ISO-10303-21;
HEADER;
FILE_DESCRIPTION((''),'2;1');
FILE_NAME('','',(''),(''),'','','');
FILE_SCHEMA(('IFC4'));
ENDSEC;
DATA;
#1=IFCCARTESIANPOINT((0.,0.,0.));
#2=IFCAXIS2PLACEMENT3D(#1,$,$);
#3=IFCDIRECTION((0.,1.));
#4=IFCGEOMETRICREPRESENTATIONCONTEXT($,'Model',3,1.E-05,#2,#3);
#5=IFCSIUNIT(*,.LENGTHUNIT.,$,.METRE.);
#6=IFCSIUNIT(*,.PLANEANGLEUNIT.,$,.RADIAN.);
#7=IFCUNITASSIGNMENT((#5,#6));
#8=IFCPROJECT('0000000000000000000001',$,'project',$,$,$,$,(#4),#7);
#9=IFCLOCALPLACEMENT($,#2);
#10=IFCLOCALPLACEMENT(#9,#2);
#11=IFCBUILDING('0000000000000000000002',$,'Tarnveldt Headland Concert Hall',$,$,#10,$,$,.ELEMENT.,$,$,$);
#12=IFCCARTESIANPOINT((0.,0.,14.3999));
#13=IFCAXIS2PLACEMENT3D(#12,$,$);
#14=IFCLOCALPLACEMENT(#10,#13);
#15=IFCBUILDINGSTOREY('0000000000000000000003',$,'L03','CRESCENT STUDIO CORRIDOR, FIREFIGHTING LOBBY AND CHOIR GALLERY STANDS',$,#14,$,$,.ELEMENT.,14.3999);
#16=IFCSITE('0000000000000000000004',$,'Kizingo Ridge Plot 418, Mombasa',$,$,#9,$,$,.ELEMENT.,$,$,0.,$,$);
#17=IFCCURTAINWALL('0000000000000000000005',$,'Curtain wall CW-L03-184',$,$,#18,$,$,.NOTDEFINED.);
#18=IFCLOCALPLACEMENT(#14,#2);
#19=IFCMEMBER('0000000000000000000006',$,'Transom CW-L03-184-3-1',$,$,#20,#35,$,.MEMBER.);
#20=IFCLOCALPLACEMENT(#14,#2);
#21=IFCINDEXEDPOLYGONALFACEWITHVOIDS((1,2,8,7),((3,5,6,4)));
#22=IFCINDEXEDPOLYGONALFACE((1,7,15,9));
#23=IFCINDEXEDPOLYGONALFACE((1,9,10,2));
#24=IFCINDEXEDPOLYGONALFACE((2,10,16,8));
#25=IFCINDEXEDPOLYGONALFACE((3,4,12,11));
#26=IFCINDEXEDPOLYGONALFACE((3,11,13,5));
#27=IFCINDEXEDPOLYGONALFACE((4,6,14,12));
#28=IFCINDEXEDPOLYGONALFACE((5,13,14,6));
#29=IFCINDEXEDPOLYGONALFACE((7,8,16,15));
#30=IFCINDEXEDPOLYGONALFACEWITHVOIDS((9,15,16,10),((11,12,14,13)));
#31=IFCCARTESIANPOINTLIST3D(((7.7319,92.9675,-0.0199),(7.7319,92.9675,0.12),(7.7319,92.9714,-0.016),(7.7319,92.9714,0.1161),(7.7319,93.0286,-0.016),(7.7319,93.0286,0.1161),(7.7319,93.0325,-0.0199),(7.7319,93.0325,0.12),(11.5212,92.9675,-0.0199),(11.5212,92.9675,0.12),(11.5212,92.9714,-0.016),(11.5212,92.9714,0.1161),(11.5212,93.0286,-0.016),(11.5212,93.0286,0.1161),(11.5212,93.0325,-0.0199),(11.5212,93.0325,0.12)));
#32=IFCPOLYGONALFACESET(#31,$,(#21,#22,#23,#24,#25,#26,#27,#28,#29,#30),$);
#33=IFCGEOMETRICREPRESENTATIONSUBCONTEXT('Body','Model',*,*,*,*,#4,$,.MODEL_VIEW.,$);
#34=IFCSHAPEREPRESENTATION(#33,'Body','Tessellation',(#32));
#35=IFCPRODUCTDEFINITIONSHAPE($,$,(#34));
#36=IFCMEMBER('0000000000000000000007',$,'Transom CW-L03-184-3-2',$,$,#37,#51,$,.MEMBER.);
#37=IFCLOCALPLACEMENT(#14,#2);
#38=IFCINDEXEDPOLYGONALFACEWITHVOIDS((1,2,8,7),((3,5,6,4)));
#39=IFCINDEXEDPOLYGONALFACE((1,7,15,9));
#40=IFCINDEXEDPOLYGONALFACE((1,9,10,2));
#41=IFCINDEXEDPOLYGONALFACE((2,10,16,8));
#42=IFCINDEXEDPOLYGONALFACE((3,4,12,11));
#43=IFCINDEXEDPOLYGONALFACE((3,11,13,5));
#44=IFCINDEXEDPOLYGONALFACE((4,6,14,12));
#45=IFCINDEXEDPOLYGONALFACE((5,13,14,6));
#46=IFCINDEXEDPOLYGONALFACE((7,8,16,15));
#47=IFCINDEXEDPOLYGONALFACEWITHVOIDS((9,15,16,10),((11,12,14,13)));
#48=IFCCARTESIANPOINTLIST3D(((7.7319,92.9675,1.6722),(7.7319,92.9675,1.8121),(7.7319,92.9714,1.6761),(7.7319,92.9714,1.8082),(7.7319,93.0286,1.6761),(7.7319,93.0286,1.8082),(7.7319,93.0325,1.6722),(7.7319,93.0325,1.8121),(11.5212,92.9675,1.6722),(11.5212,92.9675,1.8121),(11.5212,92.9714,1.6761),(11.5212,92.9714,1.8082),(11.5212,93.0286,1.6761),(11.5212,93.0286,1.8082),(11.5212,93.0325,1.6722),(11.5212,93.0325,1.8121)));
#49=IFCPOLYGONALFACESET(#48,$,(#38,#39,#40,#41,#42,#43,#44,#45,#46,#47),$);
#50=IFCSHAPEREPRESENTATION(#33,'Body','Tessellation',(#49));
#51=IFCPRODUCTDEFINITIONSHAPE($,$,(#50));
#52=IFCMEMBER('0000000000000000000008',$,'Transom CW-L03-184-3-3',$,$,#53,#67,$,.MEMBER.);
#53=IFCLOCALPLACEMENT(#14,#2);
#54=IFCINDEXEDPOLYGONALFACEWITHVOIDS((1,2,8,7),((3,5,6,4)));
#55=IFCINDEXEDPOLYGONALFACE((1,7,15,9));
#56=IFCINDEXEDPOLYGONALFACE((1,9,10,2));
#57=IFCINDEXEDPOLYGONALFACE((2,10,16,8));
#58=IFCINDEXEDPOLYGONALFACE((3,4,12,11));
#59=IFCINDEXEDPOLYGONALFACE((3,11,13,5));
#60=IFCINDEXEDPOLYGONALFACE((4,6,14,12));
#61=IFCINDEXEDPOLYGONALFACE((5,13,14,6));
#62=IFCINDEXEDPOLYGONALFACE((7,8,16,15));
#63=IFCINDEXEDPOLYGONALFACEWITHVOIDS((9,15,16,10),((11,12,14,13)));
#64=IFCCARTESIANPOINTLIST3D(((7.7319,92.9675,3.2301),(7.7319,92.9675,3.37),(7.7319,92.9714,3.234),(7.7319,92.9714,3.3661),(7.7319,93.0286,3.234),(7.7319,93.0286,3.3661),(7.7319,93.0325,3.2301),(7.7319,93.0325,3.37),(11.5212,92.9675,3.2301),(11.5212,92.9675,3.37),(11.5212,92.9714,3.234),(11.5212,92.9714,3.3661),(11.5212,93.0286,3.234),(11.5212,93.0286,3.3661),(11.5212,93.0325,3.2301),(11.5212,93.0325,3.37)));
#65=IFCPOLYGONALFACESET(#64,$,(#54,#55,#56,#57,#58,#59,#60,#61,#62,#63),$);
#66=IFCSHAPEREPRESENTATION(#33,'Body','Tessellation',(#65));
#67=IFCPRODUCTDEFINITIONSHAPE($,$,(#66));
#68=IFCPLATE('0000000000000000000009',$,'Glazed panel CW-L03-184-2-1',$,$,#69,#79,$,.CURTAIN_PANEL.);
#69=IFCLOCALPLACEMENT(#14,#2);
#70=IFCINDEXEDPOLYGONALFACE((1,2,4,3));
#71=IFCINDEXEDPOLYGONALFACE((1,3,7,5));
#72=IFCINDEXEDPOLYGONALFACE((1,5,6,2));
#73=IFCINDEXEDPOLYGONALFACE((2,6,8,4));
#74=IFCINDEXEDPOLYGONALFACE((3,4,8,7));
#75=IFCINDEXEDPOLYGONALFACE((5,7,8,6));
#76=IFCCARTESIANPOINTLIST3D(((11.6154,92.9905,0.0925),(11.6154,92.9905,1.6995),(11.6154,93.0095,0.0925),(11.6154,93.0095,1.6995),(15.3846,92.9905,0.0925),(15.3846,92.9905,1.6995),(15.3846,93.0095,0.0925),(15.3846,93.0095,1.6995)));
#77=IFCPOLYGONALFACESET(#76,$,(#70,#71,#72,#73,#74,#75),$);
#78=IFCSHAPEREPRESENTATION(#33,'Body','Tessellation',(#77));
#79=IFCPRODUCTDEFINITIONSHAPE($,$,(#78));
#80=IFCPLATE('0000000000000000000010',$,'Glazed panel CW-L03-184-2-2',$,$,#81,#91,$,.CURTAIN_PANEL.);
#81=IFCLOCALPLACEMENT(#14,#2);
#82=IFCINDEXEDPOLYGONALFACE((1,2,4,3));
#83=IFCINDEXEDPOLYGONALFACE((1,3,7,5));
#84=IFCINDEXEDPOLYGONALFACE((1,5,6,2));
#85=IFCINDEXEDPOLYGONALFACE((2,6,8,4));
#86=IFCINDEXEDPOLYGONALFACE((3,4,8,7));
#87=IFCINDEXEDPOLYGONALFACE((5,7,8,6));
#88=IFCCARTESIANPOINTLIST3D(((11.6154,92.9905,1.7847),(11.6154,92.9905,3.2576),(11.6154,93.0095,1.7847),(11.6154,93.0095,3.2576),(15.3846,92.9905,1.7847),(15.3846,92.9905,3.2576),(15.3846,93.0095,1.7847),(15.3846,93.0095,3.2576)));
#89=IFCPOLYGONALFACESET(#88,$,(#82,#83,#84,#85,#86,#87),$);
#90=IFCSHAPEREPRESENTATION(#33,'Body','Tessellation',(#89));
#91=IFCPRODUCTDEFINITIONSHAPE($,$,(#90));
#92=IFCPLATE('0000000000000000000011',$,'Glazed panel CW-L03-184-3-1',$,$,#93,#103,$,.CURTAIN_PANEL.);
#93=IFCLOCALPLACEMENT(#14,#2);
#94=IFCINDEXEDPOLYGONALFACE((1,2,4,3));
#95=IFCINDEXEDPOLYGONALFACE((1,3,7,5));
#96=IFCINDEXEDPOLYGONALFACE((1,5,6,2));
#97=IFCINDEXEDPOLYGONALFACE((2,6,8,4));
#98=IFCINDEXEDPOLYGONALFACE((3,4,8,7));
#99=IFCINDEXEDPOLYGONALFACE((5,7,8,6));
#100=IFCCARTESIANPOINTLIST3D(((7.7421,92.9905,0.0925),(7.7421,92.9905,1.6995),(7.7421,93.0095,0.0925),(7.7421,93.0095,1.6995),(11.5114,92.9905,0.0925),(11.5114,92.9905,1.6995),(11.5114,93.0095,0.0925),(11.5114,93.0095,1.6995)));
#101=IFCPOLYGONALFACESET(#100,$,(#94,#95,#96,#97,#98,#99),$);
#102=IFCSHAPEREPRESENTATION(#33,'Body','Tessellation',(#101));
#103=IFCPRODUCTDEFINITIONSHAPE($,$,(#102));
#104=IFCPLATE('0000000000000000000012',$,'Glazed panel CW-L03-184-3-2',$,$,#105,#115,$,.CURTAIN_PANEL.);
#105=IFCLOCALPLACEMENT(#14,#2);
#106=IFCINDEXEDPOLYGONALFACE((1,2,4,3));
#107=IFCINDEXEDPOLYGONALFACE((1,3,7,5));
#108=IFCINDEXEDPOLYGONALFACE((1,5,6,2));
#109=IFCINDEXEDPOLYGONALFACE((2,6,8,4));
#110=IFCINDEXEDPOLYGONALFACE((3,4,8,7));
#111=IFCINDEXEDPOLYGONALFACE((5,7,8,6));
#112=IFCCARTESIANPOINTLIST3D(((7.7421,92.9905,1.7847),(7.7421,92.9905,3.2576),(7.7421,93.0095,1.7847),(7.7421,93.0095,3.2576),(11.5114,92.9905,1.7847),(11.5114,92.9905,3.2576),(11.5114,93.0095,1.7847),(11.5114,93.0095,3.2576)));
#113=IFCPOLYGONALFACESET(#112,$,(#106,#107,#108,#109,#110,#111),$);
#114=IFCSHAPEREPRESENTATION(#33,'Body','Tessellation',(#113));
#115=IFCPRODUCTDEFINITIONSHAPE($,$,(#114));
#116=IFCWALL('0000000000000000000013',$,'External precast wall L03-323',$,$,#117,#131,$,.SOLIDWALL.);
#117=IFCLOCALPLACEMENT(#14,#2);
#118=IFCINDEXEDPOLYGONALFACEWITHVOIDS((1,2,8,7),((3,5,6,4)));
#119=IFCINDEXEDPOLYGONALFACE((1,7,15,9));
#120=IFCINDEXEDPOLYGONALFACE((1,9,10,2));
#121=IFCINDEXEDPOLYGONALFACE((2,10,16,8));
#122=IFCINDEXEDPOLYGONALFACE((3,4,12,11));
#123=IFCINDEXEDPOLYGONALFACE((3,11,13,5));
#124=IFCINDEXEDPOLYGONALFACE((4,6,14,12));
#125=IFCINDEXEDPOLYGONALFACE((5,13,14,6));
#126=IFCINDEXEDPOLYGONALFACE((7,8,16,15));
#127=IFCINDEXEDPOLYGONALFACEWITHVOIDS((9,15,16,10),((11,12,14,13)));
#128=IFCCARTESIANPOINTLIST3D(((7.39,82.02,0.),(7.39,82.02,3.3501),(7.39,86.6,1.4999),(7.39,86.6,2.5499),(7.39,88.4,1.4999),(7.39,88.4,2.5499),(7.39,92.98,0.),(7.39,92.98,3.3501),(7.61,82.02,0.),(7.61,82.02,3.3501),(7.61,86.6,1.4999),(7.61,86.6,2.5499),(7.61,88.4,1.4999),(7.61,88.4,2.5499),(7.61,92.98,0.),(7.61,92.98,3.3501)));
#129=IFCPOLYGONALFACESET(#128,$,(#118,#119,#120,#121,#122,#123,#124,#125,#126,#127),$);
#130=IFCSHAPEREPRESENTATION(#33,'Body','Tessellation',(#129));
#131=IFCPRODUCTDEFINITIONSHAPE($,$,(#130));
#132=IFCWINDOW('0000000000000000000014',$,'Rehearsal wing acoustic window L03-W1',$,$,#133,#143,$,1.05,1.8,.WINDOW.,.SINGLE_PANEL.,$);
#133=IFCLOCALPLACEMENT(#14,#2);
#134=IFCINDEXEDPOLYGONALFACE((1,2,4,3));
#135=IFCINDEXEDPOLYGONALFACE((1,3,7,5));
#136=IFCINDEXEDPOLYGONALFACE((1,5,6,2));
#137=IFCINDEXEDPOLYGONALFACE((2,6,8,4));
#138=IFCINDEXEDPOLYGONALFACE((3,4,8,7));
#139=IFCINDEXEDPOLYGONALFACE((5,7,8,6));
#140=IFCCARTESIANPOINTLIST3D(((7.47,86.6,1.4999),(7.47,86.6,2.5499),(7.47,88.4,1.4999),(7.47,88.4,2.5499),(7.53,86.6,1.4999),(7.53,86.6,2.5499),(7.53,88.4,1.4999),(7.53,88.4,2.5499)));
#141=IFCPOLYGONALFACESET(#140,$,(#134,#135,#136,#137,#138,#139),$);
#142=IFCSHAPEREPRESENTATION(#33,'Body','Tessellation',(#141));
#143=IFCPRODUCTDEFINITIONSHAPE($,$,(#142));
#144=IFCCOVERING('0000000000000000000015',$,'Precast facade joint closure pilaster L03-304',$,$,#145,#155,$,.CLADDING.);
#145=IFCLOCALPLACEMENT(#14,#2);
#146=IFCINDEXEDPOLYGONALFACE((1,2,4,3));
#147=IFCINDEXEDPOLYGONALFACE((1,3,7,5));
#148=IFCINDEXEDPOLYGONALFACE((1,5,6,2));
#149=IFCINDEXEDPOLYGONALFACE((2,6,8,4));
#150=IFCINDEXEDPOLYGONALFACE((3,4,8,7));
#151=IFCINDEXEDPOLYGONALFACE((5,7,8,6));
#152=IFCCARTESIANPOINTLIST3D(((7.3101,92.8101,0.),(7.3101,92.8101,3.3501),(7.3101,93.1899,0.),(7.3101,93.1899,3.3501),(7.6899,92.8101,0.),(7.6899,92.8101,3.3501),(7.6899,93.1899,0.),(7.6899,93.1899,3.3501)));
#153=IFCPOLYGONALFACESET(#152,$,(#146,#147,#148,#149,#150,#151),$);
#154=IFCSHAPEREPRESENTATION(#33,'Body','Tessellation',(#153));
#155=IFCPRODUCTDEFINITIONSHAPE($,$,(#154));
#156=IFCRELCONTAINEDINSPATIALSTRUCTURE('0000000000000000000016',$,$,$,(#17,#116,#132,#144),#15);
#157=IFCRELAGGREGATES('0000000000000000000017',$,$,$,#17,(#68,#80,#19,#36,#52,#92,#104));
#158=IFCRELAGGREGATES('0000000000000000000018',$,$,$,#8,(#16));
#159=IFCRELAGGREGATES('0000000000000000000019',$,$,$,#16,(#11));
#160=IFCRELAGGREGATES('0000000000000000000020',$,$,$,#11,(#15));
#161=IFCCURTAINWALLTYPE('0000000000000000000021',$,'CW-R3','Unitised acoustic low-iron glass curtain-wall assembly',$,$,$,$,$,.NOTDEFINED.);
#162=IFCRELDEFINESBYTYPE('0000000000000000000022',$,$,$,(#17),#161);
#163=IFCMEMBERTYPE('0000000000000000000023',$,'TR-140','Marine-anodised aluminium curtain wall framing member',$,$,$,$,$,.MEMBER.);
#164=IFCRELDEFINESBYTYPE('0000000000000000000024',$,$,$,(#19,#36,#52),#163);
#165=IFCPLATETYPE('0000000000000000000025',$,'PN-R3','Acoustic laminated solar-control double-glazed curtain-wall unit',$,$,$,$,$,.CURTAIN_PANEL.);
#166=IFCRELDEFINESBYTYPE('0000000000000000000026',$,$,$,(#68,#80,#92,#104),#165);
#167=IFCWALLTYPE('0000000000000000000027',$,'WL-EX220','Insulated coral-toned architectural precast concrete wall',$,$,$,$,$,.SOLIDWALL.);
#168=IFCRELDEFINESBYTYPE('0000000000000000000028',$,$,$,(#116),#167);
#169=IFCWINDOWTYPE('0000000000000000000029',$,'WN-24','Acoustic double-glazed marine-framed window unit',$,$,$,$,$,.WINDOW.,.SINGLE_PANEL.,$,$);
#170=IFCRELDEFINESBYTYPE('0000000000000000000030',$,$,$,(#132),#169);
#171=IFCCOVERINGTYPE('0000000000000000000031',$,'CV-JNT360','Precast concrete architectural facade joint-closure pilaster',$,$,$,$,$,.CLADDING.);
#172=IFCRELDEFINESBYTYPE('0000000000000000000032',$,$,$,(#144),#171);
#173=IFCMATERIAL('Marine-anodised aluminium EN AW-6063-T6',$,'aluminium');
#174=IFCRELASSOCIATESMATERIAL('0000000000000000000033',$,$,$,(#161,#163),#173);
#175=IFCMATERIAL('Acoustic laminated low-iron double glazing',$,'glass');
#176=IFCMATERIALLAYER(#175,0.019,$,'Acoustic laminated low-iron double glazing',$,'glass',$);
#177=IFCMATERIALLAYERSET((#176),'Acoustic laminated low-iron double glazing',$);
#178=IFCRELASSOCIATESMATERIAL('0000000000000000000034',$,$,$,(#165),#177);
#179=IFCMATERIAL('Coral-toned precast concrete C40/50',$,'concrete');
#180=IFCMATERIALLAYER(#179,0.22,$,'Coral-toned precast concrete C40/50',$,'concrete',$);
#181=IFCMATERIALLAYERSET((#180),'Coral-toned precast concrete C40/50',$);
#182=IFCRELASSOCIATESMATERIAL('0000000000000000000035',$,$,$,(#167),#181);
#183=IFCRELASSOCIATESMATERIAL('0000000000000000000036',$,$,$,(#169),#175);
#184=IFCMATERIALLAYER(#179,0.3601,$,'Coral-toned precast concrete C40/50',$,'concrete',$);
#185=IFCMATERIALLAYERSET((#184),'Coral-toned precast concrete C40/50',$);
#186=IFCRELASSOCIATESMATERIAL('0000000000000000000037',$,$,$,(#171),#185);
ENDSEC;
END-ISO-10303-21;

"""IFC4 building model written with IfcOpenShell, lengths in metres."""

from ifc_helpers import new_model, si_unit, direction, frame, frame_2d, origin, origin_2d, place, context, subcontext, project, spatial, rectangle, hollow_rectangle, extrude, material, layer, layer_set, material_profile, profile_set, type_object, element, fill, aggregate, save


model = new_model("IFC4")

# Units and contexts
model_context = context("Model", 3, precision=1e-05, world=origin(), true_north=direction((0.0, 1.0)))
body_context = subcontext(model_context, "Body", "Model", "MODEL_VIEW")
ifc_project = project(units=[si_unit("LENGTHUNIT", "METRE"), si_unit("PLANEANGLEUNIT", "RADIAN")], contexts=[model_context])

# Site, building, storey
site_placement = place(None, origin())
site = spatial("IfcSite", under=ifc_project, at=site_placement, Name="Kizingo Ridge Plot 418, Mombasa", CompositionType="ELEMENT", RefElevation=0.0)
building_placement = place(site_placement, origin())
building = spatial("IfcBuilding", under=site, at=building_placement, Name="Tarnveldt Headland Concert Hall", CompositionType="ELEMENT")
storey_placement = place(building_placement, frame((0.0, 0.0, 14.3999)))
storey = spatial("IfcBuildingStorey", under=building, at=storey_placement, Name="L03", Description="CRESCENT STUDIO CORRIDOR, FIREFIGHTING LOBBY AND CHOIR GALLERY STANDS", CompositionType="ELEMENT", Elevation=14.3999)

# Curtain wall, members, plates
ifc_material_1 = material(Name="Marine-anodised aluminium EN AW-6063-T6", Category="aluminium")
curtain_wall_type = type_object("IfcCurtainWallType", Name="CW-R3", Description="Unitised acoustic low-iron glass curtain-wall assembly", PredefinedType="NOTDEFINED", material=ifc_material_1)
curtain_wall_placement = place(storey_placement, origin())
curtain_wall = element("IfcCurtainWall", 1, at=curtain_wall_placement, inside=storey, type_object=curtain_wall_type, Name="Curtain wall CW-L03-184", PredefinedType="NOTDEFINED")
ifc_material_profile_1 = material_profile(ifc_material_1, hollow_rectangle(XDim=0.0649, YDim=0.1399, WallThickness=0.0039, at=origin_2d()), Name="ALU TRANSOM 65x140x4", Category="aluminium")
ifc_profile_set_1 = profile_set([ifc_material_profile_1], Name="Marine-anodised aluminium EN AW-6063-T6")
member_type_1 = type_object("IfcMemberType", Name="TR-140", Description="Marine-anodised aluminium curtain wall framing member", PredefinedType="MEMBER", material=ifc_profile_set_1)
member_1_placement = place(storey_placement, frame((11.5212, 93.0, 0.05), z_axis=(-1.0, 0.0, 0.0), x_axis=(0.0, -1.0, 0.0)))
member_1 = element("IfcMember", 2, at=member_1_placement, type_object=member_type_1, Name="Transom CW-L03-184-3-1", PredefinedType="MEMBER", context=body_context, shape_type="SweptSolid", body=[
    extrude(hollow_rectangle(XDim=0.0649, YDim=0.1399, WallThickness=0.0039, at=origin_2d()), origin(), (0.0, 0.0, 1.0), 3.7893),
])
member_2_placement = place(storey_placement, frame((11.5212, 93.0, 1.7422), z_axis=(-1.0, 0.0, 0.0), x_axis=(0.0, -1.0, 0.0)))
member_2 = element("IfcMember", 3, at=member_2_placement, type_object=member_type_1, Name="Transom CW-L03-184-3-2", PredefinedType="MEMBER", context=body_context, shape_type="SweptSolid", body=[
    extrude(hollow_rectangle(XDim=0.0649, YDim=0.1399, WallThickness=0.0039, at=origin_2d()), origin(), (0.0, 0.0, 1.0), 3.7893),
])
member_3_placement = place(storey_placement, frame((11.5212, 93.0, 3.3), z_axis=(-1.0, 0.0, 0.0), x_axis=(0.0, -1.0, 0.0)))
member_3 = element("IfcMember", 4, at=member_3_placement, type_object=member_type_1, Name="Transom CW-L03-184-3-3", PredefinedType="MEMBER", context=body_context, shape_type="SweptSolid", body=[
    extrude(hollow_rectangle(XDim=0.0649, YDim=0.1399, WallThickness=0.0039, at=origin_2d()), origin(), (0.0, 0.0, 1.0), 3.7893),
])
ifc_material_2 = material(Name="Acoustic laminated low-iron double glazing", Category="glass")
ifc_layer_1 = layer(ifc_material_2, 0.019, Name="Acoustic laminated low-iron double glazing", Category="glass")
ifc_layer_set_1 = layer_set([ifc_layer_1], Name="Acoustic laminated low-iron double glazing")
plate_type = type_object("IfcPlateType", Name="PN-R3", Description="Acoustic laminated solar-control double-glazed curtain-wall unit", PredefinedType="CURTAIN_PANEL", material=ifc_layer_set_1)
plate_1_placement = place(storey_placement, frame((13.5, 93.0, 0.0925), z_axis=(0.0, 0.0, 1.0), x_axis=(-1.0, 0.0, 0.0)))
plate_1 = element("IfcPlate", 5, at=plate_1_placement, type_object=plate_type, Name="Glazed panel CW-L03-184-2-1", PredefinedType="CURTAIN_PANEL", context=body_context, shape_type="SweptSolid", body=[
    extrude(rectangle(XDim=3.7693, YDim=0.019, at=origin_2d()), origin(), (0.0, 0.0, 1.0), 1.6069),
])
plate_2_placement = place(storey_placement, frame((13.5, 93.0, 1.7847), z_axis=(0.0, 0.0, 1.0), x_axis=(-1.0, 0.0, 0.0)))
plate_2 = element("IfcPlate", 6, at=plate_2_placement, type_object=plate_type, Name="Glazed panel CW-L03-184-2-2", PredefinedType="CURTAIN_PANEL", context=body_context, shape_type="SweptSolid", body=[
    extrude(rectangle(XDim=3.7693, YDim=0.019, at=origin_2d()), origin(), (0.0, 0.0, 1.0), 1.4729),
])
plate_3_placement = place(storey_placement, frame((9.6267, 93.0, 0.0925), z_axis=(0.0, 0.0, 1.0), x_axis=(-1.0, 0.0, 0.0)))
plate_3 = element("IfcPlate", 7, at=plate_3_placement, type_object=plate_type, Name="Glazed panel CW-L03-184-3-1", PredefinedType="CURTAIN_PANEL", context=body_context, shape_type="SweptSolid", body=[
    extrude(rectangle(XDim=3.7693, YDim=0.019, at=origin_2d()), origin(), (0.0, 0.0, 1.0), 1.6069),
])
plate_4_placement = place(storey_placement, frame((9.6267, 93.0, 1.7847), z_axis=(0.0, 0.0, 1.0), x_axis=(-1.0, 0.0, 0.0)))
plate_4 = element("IfcPlate", 8, at=plate_4_placement, type_object=plate_type, Name="Glazed panel CW-L03-184-3-2", PredefinedType="CURTAIN_PANEL", context=body_context, shape_type="SweptSolid", body=[
    extrude(rectangle(XDim=3.7693, YDim=0.019, at=origin_2d()), origin(), (0.0, 0.0, 1.0), 1.4729),
])
aggregate(curtain_wall, [plate_1, plate_2, member_1, member_2, member_3, plate_3, plate_4])

# Wall, opening, window
ifc_material_3 = material(Name="Coral-toned precast concrete C40/50", Category="concrete")
ifc_layer_2 = layer(ifc_material_3, 0.22, Name="Coral-toned precast concrete C40/50", Category="concrete")
ifc_layer_set_2 = layer_set([ifc_layer_2], Name="Coral-toned precast concrete C40/50")
wall_type = type_object("IfcWallType", Name="WL-EX220", Description="Insulated coral-toned architectural precast concrete wall", PredefinedType="SOLIDWALL", material=ifc_layer_set_2)
wall_placement = place(storey_placement, frame((7.5, 82.02, 0.0), z_axis=(0.0, 0.0, 1.0), x_axis=(0.0, 1.0, 0.0)))
wall = element("IfcWall", 9, at=wall_placement, inside=storey, type_object=wall_type, Name="External precast wall L03-323", PredefinedType="SOLIDWALL", context=body_context, shape_type="SweptSolid", body=[
    extrude(rectangle(XDim=10.96, YDim=0.22, at=frame_2d((5.48, 0.0))), origin(), (0.0, 0.0, 1.0), 3.3501),
])
opening_placement = place(wall_placement, frame((4.5801, 0.0, 1.5)))
opening = element("IfcOpeningElement", 10, at=opening_placement, cuts=wall, PredefinedType="OPENING", context=body_context, shape_type="SweptSolid", body=[
    extrude(rectangle(XDim=1.8, YDim=1.05, at=frame_2d((0.8999, 0.5249))), frame((0.0, 0.1199, 0.0), z_axis=(0.0, -1.0, 0.0), x_axis=(1.0, 0.0, 0.0)), (0.0, 0.0, 1.0), 0.24),
])
window_type = type_object("IfcWindowType", Name="WN-24", Description="Acoustic double-glazed marine-framed window unit", PartitioningType="SINGLE_PANEL", PredefinedType="WINDOW", material=ifc_material_2)
window_placement = place(opening_placement, origin())
window = element("IfcWindow", 11, at=window_placement, inside=storey, type_object=window_type, Name="Rehearsal wing acoustic window L03-W1", OverallHeight=1.05, OverallWidth=1.8, PartitioningType="SINGLE_PANEL", PredefinedType="WINDOW", context=body_context, shape_type="SweptSolid", body=[
    extrude(rectangle(XDim=1.8, YDim=1.05, at=frame_2d((0.8999, 0.5249))), frame((0.0, 0.03, 0.0), z_axis=(0.0, -1.0, 0.0), x_axis=(1.0, 0.0, 0.0)), (0.0, 0.0, 1.0), 0.0601),
])
fill(opening, window)

# Covering
ifc_layer_3 = layer(ifc_material_3, 0.3601, Name="Coral-toned precast concrete C40/50", Category="concrete")
ifc_layer_set_3 = layer_set([ifc_layer_3], Name="Coral-toned precast concrete C40/50")
covering_type = type_object("IfcCoveringType", Name="CV-JNT360", Description="Precast concrete architectural facade joint-closure pilaster", PredefinedType="CLADDING", material=ifc_layer_set_3)
covering_placement = place(storey_placement, frame((7.5, 93.0, 0.0), z_axis=(0.0, 0.0, 1.0), x_axis=(0.0, 1.0, 0.0)))
element("IfcCovering", 12, at=covering_placement, inside=storey, type_object=covering_type, Name="Precast facade joint closure pilaster L03-304", PredefinedType="CLADDING", context=body_context, shape_type="SweptSolid", body=[
    extrude(rectangle(XDim=0.3799, YDim=0.3799, at=origin_2d()), origin(), (0.0, 0.0, 1.0), 3.3501),
])

save(model, "model.ifc")
